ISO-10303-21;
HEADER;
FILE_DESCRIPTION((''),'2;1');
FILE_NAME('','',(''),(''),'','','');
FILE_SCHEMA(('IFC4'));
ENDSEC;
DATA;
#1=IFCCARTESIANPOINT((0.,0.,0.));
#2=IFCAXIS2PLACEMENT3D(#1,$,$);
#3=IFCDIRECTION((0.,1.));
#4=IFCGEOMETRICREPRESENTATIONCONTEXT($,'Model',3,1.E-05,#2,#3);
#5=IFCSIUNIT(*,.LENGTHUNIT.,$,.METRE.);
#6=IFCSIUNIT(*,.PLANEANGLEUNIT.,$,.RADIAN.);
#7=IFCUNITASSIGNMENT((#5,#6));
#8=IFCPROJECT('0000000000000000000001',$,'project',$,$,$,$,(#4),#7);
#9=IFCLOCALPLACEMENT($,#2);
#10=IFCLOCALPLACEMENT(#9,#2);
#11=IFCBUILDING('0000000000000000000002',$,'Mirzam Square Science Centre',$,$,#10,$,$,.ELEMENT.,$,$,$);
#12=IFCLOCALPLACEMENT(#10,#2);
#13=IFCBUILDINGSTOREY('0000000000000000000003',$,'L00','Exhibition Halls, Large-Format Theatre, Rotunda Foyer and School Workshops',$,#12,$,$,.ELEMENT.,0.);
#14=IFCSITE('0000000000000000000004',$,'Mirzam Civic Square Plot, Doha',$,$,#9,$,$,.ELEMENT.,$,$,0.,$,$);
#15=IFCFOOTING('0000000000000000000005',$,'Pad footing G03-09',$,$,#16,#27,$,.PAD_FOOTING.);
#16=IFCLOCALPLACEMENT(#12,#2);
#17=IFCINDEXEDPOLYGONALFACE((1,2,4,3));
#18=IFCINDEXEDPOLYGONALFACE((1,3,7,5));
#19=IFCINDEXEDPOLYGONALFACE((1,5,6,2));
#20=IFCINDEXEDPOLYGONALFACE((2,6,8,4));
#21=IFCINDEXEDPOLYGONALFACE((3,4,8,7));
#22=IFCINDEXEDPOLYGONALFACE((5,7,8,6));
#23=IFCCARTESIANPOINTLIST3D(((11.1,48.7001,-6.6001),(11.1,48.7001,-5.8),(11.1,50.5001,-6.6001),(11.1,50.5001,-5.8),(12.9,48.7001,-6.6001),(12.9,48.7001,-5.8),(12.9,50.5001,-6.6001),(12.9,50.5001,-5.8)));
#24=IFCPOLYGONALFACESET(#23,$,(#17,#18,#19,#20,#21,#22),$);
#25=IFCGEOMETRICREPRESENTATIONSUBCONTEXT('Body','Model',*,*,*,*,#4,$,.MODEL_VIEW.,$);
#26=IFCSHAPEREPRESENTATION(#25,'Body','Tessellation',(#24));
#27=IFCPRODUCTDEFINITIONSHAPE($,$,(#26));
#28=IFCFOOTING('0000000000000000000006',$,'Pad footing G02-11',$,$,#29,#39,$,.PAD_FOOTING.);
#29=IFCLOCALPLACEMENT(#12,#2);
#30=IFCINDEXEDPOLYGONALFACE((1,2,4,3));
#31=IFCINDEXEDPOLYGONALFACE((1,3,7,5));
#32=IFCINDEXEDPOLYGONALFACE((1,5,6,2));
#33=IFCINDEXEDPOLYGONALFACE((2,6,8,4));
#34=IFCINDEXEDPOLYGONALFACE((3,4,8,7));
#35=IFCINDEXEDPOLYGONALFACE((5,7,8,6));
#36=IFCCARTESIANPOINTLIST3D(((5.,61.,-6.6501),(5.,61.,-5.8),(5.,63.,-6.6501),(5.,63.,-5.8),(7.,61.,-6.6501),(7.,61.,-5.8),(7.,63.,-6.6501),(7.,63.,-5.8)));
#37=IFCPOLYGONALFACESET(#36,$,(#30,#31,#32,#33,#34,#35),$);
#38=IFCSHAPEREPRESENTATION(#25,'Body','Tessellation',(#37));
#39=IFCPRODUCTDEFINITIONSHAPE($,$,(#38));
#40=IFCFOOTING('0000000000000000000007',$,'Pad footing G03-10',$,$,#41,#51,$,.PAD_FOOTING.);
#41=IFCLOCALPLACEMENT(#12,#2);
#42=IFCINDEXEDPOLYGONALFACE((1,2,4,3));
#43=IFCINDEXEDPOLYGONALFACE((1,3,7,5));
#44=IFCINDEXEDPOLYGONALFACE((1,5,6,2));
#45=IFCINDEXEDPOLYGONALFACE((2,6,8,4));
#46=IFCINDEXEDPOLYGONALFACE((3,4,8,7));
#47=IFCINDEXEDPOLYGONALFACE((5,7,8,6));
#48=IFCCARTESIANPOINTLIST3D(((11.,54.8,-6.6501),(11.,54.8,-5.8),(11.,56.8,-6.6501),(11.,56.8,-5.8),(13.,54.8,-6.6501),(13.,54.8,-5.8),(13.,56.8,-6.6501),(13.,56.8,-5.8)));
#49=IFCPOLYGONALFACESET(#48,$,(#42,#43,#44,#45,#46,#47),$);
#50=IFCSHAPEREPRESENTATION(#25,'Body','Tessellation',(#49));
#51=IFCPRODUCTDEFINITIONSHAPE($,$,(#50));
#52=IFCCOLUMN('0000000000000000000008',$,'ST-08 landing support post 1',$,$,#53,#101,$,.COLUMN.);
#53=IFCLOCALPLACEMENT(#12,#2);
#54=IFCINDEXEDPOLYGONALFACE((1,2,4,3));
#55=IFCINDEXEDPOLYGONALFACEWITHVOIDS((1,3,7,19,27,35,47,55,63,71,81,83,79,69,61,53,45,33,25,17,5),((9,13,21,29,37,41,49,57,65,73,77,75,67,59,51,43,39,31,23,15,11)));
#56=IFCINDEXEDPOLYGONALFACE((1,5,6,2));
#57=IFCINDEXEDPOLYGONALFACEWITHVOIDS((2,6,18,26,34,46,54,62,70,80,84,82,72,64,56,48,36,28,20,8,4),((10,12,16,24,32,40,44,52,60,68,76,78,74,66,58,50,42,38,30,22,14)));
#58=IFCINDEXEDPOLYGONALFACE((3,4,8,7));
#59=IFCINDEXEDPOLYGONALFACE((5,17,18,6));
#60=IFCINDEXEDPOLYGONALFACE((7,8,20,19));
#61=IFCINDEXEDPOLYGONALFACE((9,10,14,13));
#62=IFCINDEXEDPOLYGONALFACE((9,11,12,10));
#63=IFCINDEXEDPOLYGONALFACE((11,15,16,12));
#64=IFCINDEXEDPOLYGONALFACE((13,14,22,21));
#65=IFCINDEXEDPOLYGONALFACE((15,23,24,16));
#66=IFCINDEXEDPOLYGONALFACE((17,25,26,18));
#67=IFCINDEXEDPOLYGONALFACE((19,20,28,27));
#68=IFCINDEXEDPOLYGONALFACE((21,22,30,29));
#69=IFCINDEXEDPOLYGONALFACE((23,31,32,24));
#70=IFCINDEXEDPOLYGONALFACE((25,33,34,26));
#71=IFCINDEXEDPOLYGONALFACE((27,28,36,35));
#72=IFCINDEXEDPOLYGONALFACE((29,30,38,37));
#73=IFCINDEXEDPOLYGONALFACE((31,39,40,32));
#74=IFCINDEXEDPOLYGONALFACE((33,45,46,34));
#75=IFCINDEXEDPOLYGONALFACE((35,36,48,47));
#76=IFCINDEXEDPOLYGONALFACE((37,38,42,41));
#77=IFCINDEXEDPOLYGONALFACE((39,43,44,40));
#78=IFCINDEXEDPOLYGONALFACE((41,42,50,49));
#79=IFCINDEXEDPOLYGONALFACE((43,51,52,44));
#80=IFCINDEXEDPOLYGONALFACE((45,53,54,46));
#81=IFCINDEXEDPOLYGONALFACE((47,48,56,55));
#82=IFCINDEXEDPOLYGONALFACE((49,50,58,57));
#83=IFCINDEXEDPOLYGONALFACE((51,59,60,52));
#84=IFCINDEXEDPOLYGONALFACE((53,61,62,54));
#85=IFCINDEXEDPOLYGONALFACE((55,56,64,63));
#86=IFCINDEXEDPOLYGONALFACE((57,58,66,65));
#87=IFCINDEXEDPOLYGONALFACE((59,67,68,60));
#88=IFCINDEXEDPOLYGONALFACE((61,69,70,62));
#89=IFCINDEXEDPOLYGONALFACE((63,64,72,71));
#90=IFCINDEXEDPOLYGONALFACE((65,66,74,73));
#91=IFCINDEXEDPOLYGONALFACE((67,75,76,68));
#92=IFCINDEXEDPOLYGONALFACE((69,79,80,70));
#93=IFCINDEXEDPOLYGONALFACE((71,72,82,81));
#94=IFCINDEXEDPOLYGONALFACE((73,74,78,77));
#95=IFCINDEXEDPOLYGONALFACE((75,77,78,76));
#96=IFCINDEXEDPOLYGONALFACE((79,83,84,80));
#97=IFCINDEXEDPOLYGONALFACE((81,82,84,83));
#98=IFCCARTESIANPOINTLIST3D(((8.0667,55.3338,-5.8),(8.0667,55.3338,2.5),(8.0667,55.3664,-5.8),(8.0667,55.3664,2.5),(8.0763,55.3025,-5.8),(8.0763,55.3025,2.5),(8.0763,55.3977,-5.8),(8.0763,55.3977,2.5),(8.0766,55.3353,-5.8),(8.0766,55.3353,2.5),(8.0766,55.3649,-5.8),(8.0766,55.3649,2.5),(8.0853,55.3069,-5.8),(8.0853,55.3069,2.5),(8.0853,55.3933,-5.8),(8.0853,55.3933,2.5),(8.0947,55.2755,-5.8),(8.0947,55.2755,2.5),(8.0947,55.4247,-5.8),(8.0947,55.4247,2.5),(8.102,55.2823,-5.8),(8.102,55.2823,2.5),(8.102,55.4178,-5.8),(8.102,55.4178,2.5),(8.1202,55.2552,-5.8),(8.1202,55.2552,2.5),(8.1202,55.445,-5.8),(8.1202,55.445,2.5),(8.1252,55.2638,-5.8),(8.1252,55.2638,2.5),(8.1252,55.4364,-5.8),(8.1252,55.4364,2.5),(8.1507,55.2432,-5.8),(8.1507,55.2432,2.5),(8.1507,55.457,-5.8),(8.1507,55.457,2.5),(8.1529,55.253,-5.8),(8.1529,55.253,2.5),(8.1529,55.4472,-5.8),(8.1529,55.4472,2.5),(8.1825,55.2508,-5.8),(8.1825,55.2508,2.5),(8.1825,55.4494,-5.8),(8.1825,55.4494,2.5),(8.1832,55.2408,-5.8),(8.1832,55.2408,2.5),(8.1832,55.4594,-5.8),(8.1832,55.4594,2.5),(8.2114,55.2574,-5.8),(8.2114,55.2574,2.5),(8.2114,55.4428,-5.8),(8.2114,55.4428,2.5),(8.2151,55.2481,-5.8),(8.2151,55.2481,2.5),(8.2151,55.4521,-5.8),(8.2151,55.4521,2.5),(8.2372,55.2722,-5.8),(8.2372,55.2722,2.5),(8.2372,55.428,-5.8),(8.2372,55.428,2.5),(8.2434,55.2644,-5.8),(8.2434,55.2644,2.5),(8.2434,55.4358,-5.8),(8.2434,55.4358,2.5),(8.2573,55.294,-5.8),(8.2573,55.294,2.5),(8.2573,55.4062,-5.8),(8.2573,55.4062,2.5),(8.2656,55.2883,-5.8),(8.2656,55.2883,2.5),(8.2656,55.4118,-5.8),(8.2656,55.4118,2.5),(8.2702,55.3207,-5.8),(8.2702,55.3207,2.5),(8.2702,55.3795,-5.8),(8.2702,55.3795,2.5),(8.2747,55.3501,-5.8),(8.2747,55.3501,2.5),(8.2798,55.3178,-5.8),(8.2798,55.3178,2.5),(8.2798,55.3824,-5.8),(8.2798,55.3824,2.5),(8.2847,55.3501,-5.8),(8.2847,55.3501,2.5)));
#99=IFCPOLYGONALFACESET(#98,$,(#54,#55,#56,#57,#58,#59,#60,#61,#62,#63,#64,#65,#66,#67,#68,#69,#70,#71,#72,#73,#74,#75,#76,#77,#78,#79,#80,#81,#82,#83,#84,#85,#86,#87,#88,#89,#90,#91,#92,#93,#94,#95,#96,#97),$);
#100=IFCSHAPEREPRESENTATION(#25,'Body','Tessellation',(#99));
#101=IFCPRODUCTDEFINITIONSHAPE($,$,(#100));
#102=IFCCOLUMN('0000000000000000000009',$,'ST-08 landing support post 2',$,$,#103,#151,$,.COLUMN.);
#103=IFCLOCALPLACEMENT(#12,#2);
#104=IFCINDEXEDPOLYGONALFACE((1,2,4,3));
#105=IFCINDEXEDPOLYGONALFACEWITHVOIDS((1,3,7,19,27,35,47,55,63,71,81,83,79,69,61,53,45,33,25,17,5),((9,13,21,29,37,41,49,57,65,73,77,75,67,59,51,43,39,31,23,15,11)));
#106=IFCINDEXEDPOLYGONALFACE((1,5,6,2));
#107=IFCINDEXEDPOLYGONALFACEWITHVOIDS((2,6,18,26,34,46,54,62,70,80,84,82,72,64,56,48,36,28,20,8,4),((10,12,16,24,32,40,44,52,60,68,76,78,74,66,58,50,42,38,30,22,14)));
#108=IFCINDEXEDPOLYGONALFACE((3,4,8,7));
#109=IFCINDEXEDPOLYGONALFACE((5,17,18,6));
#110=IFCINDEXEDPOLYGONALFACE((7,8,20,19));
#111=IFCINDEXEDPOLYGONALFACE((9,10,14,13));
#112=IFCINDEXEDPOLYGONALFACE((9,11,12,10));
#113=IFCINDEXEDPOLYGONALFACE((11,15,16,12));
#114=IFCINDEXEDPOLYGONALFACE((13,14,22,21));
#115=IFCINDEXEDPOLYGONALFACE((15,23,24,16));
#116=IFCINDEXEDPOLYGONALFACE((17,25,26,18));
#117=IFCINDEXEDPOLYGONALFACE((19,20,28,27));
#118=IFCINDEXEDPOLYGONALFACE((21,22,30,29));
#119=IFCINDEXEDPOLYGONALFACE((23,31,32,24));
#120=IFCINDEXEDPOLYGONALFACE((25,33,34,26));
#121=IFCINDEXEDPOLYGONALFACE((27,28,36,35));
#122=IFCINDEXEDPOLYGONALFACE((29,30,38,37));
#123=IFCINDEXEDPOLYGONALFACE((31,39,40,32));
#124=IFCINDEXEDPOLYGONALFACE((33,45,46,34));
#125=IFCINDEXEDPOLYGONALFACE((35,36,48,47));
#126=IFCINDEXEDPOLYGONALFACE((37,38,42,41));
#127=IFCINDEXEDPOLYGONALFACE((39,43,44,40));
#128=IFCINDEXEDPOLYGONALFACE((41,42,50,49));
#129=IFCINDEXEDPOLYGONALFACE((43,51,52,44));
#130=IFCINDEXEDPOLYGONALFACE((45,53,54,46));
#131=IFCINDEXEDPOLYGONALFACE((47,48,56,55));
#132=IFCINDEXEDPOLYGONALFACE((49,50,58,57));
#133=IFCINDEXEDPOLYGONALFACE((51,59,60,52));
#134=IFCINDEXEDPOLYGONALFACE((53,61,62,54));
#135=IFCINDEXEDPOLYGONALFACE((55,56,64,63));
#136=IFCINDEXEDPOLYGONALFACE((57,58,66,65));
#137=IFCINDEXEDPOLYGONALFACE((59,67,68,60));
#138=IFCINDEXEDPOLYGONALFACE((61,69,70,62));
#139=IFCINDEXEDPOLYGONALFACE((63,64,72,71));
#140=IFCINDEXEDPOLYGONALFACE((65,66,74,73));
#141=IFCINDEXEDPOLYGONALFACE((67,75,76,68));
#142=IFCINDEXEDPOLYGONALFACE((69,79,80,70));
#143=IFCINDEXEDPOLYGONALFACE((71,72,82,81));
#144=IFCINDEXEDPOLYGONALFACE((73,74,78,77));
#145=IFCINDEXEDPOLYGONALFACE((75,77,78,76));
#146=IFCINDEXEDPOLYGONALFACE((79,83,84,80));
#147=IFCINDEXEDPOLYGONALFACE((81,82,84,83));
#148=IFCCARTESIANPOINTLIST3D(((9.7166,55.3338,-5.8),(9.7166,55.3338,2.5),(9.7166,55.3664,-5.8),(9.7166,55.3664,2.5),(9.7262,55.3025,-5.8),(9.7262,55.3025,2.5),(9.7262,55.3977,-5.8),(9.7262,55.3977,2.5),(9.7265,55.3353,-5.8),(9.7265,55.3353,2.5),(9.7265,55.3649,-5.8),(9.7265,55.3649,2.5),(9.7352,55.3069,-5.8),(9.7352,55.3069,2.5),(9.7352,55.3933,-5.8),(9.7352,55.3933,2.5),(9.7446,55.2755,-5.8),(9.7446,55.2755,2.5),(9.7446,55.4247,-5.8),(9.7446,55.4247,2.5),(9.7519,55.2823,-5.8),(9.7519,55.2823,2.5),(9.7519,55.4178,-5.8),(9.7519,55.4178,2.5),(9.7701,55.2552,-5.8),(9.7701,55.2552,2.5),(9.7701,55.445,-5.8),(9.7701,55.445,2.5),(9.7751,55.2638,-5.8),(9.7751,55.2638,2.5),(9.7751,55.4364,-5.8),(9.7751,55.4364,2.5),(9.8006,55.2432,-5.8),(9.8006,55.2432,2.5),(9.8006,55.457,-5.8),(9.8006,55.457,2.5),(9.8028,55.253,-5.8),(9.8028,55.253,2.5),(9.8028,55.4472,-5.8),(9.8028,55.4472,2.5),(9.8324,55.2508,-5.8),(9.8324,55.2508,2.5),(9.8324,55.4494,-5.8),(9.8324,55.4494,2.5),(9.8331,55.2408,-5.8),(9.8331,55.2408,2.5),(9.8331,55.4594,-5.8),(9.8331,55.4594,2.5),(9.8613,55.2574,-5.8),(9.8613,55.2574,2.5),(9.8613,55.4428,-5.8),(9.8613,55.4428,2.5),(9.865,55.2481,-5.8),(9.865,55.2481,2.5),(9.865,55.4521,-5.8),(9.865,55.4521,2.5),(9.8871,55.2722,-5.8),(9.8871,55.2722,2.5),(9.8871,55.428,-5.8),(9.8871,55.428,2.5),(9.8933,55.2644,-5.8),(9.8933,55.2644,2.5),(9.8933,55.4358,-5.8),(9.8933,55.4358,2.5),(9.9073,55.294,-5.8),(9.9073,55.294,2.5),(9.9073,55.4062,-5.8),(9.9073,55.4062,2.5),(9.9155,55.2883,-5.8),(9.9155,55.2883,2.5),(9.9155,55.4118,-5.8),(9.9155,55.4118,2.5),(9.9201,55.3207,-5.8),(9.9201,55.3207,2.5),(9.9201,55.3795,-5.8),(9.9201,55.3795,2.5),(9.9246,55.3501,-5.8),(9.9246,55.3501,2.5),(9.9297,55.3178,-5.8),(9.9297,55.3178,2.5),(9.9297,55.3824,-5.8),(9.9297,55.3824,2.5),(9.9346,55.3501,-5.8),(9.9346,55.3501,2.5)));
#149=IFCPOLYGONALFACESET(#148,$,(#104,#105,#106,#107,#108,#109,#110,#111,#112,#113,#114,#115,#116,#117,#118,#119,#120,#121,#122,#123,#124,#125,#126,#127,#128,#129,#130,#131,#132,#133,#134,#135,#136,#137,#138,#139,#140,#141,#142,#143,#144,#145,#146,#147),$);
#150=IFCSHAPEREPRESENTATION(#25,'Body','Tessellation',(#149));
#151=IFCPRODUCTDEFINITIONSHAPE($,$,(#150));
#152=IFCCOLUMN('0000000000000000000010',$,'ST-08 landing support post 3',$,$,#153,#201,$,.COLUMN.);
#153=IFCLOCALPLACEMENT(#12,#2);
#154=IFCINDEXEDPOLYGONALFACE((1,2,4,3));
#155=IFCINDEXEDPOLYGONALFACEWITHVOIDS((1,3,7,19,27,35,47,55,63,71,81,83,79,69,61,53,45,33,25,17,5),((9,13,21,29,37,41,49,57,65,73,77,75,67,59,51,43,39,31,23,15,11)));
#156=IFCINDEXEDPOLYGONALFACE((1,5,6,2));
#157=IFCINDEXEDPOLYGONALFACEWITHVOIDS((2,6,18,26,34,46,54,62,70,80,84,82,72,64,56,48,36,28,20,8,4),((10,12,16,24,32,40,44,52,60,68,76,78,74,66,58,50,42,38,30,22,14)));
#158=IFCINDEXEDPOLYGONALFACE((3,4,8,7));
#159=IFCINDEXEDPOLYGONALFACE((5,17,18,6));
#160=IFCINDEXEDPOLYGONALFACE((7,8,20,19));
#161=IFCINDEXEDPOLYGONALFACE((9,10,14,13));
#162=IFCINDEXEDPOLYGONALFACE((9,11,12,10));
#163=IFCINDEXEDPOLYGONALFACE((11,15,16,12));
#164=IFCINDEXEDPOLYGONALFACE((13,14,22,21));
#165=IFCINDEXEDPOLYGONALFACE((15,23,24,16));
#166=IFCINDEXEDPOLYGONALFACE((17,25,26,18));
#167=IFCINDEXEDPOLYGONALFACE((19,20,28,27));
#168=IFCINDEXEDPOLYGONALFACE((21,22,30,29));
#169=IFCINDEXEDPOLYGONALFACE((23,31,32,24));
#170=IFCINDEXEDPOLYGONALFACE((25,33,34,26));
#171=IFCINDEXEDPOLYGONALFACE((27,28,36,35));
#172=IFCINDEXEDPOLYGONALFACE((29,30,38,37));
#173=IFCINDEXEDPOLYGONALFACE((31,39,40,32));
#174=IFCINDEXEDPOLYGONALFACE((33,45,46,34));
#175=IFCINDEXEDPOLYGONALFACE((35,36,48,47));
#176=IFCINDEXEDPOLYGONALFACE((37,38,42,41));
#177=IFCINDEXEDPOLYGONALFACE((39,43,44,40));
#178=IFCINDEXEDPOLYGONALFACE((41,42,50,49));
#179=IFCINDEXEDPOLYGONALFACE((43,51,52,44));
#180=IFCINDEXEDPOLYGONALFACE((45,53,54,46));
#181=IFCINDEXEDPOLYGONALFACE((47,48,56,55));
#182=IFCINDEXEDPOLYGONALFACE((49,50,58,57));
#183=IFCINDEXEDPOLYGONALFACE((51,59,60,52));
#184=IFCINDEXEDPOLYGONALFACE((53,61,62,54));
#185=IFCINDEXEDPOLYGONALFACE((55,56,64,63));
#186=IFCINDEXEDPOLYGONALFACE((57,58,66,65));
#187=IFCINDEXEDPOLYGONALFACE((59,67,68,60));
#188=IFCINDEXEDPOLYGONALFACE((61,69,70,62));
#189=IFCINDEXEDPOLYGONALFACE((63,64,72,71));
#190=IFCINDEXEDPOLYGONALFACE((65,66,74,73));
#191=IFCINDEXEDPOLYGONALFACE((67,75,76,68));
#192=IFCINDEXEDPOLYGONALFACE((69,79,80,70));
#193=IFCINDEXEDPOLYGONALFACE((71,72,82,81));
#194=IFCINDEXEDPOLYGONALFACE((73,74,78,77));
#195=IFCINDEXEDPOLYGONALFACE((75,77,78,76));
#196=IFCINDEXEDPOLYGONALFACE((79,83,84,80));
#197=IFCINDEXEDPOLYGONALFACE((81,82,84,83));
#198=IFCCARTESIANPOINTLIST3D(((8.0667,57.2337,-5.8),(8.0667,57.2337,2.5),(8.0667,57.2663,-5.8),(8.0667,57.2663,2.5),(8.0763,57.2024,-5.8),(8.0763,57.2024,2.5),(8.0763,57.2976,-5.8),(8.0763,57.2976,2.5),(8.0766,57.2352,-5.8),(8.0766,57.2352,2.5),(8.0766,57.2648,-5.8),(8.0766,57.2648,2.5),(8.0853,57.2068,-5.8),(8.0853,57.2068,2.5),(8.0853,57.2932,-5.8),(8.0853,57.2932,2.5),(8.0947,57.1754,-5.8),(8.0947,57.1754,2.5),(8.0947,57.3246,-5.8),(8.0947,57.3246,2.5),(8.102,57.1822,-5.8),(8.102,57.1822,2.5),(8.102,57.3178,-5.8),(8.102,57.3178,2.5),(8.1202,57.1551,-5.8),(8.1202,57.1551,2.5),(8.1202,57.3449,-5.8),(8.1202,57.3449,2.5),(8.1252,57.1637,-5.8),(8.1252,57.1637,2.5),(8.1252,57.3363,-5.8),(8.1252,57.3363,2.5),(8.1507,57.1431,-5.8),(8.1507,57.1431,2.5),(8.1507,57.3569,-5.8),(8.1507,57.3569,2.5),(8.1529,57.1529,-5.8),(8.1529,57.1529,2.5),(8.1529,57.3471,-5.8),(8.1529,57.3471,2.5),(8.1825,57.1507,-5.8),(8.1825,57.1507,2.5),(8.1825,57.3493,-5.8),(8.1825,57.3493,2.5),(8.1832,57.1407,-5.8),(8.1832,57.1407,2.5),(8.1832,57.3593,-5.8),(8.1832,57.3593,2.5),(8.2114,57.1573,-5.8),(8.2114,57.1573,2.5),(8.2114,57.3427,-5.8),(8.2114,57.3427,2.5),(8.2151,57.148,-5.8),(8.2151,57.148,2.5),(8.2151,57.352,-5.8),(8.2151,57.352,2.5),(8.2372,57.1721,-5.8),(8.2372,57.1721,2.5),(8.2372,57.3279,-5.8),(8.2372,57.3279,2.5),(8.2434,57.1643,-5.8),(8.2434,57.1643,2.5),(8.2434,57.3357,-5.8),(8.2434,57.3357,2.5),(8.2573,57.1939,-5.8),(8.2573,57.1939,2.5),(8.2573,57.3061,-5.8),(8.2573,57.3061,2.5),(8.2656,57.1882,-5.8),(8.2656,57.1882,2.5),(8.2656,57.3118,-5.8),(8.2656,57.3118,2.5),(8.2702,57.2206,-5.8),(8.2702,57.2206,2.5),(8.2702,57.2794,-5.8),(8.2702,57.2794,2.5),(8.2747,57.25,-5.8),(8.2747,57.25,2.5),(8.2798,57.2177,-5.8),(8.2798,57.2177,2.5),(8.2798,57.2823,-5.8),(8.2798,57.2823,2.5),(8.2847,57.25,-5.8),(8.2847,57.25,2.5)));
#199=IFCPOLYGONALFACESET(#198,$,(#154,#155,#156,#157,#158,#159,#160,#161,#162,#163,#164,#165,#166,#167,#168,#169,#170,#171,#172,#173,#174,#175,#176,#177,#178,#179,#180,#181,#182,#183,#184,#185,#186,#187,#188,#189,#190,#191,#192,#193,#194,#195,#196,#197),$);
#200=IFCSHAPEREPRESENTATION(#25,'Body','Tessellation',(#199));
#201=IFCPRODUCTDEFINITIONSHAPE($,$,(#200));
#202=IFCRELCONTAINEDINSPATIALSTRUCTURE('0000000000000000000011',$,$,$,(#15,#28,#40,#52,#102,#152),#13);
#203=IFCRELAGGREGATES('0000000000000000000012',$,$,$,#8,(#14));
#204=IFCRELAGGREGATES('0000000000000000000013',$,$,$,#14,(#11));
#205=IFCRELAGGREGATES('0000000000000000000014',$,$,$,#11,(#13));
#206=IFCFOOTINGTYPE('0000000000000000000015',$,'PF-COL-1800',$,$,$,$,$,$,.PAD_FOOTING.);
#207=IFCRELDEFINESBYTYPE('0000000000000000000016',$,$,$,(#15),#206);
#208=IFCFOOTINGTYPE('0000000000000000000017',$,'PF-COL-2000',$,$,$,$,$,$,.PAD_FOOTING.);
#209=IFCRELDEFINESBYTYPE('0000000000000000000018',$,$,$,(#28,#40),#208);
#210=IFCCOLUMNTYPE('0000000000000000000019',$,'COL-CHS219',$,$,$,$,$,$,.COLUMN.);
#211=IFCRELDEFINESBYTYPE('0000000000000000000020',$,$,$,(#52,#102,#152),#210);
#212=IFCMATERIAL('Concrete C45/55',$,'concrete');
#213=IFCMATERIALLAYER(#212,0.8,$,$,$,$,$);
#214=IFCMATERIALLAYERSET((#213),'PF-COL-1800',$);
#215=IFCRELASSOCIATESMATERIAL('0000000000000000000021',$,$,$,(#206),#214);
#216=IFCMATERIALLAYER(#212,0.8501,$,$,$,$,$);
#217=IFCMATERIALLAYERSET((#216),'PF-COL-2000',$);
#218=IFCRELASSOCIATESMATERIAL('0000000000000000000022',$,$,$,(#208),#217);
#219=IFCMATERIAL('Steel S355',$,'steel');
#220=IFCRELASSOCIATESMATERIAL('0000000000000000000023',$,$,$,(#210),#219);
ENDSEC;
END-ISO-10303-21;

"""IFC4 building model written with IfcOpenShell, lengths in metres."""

from ifc_helpers import new_model, si_unit, direction, frame, origin, origin_2d, place, context, subcontext, project, spatial, rectangle, hollow_circle, extrude, material, layer, layer_set, material_profile, profile_set, type_object, element, save


model = new_model("IFC4")

# Units and contexts
model_context = context("Model", 3, precision=1e-05, world=origin(), true_north=direction((0.0, 1.0)))
body_context = subcontext(model_context, "Body", "Model", "MODEL_VIEW")
ifc_project = project(units=[si_unit("LENGTHUNIT", "METRE"), si_unit("PLANEANGLEUNIT", "RADIAN")], contexts=[model_context])

# Site, building, storey
site_placement = place(None, origin())
site = spatial("IfcSite", under=ifc_project, at=site_placement, Name="Mirzam Civic Square Plot, Doha", CompositionType="ELEMENT", RefElevation=0.0)
building_placement = place(site_placement, origin())
building = spatial("IfcBuilding", under=site, at=building_placement, Name="Mirzam Square Science Centre", CompositionType="ELEMENT")
storey_placement = place(building_placement, origin())
storey = spatial("IfcBuildingStorey", under=building, at=storey_placement, Name="L00", Description="Exhibition Halls, Large-Format Theatre, Rotunda Foyer and School Workshops", CompositionType="ELEMENT", Elevation=0.0)

# Footings
ifc_material_1 = material(Name="Concrete C45/55", Category="concrete")
ifc_layer_1 = layer(ifc_material_1, 0.8)
ifc_layer_set_1 = layer_set([ifc_layer_1], Name="PF-COL-1800")
footing_type_1 = type_object("IfcFootingType", Name="PF-COL-1800", PredefinedType="PAD_FOOTING", material=ifc_layer_set_1)
footing_placement = place(storey_placement, frame((12.0, 49.6001, -6.6001), z_axis=(0.0, 0.0, 1.0), x_axis=(1.0, 0.0, 0.0)))
element("IfcFooting", 1, at=footing_placement, inside=storey, type_object=footing_type_1, Name="Pad footing G03-09", PredefinedType="PAD_FOOTING", context=body_context, shape_type="SweptSolid", body=[
    extrude(rectangle(XDim=1.8, YDim=1.8, at=origin_2d()), origin(), (0.0, 0.0, 1.0), 0.8),
])
ifc_layer_2 = layer(ifc_material_1, 0.8501)
ifc_layer_set_2 = layer_set([ifc_layer_2], Name="PF-COL-2000")
footing_type_2 = type_object("IfcFootingType", Name="PF-COL-2000", PredefinedType="PAD_FOOTING", material=ifc_layer_set_2)
for number, where, z_axis, x_axis, name in (
    (2, (6.0, 62.0, -6.6501), (0.0, 0.0, 1.0), (1.0, 0.0, 0.0), "Pad footing G02-11"),
    (3, (12.0, 55.8, -6.6501), (0.0, 0.0, 1.0), (1.0, 0.0, 0.0), "Pad footing G03-10"),
):
    element("IfcFooting", number, at=place(storey_placement, frame(where, z_axis=z_axis, x_axis=x_axis)), inside=storey, type_object=footing_type_2, Name=name, PredefinedType="PAD_FOOTING", context=body_context, shape_type="SweptSolid", body=[
        extrude(rectangle(XDim=2.0, YDim=2.0, at=origin_2d()), origin(), (0.0, 0.0, 1.0), 0.8501),
    ])

# Columns
ifc_material_2 = material(Name="Steel S355", Category="steel")
ifc_material_profile_1 = material_profile(ifc_material_2, hollow_circle(Radius=0.1096, WallThickness=0.01, at=origin_2d()), Name="219.1x10.0CHS")
ifc_profile_set_1 = profile_set([ifc_material_profile_1], Name="Steel S355")
column_type_1 = type_object("IfcColumnType", Name="COL-CHS219", PredefinedType="COLUMN", material=ifc_profile_set_1)
for number, where, z_axis, x_axis, name in (
    (4, (8.175, 55.3501, -5.8), (0.0, 0.0, 1.0), (1.0, 0.0, 0.0), "ST-08 landing support post 1"),
    (5, (9.825, 55.3501, -5.8), (0.0, 0.0, 1.0), (1.0, 0.0, 0.0), "ST-08 landing support post 2"),
    (6, (8.175, 57.25, -5.8), (0.0, 0.0, 1.0), (1.0, 0.0, 0.0), "ST-08 landing support post 3"),
):
    element("IfcColumn", number, at=place(storey_placement, frame(where, z_axis=z_axis, x_axis=x_axis)), inside=storey, type_object=column_type_1, Name=name, PredefinedType="COLUMN", context=body_context, shape_type="SweptSolid", body=[
        extrude(hollow_circle(Radius=0.1096, WallThickness=0.01, at=origin_2d()), origin(), (0.0, 0.0, 1.0), 8.3),
    ])

save(model, "model.ifc")
